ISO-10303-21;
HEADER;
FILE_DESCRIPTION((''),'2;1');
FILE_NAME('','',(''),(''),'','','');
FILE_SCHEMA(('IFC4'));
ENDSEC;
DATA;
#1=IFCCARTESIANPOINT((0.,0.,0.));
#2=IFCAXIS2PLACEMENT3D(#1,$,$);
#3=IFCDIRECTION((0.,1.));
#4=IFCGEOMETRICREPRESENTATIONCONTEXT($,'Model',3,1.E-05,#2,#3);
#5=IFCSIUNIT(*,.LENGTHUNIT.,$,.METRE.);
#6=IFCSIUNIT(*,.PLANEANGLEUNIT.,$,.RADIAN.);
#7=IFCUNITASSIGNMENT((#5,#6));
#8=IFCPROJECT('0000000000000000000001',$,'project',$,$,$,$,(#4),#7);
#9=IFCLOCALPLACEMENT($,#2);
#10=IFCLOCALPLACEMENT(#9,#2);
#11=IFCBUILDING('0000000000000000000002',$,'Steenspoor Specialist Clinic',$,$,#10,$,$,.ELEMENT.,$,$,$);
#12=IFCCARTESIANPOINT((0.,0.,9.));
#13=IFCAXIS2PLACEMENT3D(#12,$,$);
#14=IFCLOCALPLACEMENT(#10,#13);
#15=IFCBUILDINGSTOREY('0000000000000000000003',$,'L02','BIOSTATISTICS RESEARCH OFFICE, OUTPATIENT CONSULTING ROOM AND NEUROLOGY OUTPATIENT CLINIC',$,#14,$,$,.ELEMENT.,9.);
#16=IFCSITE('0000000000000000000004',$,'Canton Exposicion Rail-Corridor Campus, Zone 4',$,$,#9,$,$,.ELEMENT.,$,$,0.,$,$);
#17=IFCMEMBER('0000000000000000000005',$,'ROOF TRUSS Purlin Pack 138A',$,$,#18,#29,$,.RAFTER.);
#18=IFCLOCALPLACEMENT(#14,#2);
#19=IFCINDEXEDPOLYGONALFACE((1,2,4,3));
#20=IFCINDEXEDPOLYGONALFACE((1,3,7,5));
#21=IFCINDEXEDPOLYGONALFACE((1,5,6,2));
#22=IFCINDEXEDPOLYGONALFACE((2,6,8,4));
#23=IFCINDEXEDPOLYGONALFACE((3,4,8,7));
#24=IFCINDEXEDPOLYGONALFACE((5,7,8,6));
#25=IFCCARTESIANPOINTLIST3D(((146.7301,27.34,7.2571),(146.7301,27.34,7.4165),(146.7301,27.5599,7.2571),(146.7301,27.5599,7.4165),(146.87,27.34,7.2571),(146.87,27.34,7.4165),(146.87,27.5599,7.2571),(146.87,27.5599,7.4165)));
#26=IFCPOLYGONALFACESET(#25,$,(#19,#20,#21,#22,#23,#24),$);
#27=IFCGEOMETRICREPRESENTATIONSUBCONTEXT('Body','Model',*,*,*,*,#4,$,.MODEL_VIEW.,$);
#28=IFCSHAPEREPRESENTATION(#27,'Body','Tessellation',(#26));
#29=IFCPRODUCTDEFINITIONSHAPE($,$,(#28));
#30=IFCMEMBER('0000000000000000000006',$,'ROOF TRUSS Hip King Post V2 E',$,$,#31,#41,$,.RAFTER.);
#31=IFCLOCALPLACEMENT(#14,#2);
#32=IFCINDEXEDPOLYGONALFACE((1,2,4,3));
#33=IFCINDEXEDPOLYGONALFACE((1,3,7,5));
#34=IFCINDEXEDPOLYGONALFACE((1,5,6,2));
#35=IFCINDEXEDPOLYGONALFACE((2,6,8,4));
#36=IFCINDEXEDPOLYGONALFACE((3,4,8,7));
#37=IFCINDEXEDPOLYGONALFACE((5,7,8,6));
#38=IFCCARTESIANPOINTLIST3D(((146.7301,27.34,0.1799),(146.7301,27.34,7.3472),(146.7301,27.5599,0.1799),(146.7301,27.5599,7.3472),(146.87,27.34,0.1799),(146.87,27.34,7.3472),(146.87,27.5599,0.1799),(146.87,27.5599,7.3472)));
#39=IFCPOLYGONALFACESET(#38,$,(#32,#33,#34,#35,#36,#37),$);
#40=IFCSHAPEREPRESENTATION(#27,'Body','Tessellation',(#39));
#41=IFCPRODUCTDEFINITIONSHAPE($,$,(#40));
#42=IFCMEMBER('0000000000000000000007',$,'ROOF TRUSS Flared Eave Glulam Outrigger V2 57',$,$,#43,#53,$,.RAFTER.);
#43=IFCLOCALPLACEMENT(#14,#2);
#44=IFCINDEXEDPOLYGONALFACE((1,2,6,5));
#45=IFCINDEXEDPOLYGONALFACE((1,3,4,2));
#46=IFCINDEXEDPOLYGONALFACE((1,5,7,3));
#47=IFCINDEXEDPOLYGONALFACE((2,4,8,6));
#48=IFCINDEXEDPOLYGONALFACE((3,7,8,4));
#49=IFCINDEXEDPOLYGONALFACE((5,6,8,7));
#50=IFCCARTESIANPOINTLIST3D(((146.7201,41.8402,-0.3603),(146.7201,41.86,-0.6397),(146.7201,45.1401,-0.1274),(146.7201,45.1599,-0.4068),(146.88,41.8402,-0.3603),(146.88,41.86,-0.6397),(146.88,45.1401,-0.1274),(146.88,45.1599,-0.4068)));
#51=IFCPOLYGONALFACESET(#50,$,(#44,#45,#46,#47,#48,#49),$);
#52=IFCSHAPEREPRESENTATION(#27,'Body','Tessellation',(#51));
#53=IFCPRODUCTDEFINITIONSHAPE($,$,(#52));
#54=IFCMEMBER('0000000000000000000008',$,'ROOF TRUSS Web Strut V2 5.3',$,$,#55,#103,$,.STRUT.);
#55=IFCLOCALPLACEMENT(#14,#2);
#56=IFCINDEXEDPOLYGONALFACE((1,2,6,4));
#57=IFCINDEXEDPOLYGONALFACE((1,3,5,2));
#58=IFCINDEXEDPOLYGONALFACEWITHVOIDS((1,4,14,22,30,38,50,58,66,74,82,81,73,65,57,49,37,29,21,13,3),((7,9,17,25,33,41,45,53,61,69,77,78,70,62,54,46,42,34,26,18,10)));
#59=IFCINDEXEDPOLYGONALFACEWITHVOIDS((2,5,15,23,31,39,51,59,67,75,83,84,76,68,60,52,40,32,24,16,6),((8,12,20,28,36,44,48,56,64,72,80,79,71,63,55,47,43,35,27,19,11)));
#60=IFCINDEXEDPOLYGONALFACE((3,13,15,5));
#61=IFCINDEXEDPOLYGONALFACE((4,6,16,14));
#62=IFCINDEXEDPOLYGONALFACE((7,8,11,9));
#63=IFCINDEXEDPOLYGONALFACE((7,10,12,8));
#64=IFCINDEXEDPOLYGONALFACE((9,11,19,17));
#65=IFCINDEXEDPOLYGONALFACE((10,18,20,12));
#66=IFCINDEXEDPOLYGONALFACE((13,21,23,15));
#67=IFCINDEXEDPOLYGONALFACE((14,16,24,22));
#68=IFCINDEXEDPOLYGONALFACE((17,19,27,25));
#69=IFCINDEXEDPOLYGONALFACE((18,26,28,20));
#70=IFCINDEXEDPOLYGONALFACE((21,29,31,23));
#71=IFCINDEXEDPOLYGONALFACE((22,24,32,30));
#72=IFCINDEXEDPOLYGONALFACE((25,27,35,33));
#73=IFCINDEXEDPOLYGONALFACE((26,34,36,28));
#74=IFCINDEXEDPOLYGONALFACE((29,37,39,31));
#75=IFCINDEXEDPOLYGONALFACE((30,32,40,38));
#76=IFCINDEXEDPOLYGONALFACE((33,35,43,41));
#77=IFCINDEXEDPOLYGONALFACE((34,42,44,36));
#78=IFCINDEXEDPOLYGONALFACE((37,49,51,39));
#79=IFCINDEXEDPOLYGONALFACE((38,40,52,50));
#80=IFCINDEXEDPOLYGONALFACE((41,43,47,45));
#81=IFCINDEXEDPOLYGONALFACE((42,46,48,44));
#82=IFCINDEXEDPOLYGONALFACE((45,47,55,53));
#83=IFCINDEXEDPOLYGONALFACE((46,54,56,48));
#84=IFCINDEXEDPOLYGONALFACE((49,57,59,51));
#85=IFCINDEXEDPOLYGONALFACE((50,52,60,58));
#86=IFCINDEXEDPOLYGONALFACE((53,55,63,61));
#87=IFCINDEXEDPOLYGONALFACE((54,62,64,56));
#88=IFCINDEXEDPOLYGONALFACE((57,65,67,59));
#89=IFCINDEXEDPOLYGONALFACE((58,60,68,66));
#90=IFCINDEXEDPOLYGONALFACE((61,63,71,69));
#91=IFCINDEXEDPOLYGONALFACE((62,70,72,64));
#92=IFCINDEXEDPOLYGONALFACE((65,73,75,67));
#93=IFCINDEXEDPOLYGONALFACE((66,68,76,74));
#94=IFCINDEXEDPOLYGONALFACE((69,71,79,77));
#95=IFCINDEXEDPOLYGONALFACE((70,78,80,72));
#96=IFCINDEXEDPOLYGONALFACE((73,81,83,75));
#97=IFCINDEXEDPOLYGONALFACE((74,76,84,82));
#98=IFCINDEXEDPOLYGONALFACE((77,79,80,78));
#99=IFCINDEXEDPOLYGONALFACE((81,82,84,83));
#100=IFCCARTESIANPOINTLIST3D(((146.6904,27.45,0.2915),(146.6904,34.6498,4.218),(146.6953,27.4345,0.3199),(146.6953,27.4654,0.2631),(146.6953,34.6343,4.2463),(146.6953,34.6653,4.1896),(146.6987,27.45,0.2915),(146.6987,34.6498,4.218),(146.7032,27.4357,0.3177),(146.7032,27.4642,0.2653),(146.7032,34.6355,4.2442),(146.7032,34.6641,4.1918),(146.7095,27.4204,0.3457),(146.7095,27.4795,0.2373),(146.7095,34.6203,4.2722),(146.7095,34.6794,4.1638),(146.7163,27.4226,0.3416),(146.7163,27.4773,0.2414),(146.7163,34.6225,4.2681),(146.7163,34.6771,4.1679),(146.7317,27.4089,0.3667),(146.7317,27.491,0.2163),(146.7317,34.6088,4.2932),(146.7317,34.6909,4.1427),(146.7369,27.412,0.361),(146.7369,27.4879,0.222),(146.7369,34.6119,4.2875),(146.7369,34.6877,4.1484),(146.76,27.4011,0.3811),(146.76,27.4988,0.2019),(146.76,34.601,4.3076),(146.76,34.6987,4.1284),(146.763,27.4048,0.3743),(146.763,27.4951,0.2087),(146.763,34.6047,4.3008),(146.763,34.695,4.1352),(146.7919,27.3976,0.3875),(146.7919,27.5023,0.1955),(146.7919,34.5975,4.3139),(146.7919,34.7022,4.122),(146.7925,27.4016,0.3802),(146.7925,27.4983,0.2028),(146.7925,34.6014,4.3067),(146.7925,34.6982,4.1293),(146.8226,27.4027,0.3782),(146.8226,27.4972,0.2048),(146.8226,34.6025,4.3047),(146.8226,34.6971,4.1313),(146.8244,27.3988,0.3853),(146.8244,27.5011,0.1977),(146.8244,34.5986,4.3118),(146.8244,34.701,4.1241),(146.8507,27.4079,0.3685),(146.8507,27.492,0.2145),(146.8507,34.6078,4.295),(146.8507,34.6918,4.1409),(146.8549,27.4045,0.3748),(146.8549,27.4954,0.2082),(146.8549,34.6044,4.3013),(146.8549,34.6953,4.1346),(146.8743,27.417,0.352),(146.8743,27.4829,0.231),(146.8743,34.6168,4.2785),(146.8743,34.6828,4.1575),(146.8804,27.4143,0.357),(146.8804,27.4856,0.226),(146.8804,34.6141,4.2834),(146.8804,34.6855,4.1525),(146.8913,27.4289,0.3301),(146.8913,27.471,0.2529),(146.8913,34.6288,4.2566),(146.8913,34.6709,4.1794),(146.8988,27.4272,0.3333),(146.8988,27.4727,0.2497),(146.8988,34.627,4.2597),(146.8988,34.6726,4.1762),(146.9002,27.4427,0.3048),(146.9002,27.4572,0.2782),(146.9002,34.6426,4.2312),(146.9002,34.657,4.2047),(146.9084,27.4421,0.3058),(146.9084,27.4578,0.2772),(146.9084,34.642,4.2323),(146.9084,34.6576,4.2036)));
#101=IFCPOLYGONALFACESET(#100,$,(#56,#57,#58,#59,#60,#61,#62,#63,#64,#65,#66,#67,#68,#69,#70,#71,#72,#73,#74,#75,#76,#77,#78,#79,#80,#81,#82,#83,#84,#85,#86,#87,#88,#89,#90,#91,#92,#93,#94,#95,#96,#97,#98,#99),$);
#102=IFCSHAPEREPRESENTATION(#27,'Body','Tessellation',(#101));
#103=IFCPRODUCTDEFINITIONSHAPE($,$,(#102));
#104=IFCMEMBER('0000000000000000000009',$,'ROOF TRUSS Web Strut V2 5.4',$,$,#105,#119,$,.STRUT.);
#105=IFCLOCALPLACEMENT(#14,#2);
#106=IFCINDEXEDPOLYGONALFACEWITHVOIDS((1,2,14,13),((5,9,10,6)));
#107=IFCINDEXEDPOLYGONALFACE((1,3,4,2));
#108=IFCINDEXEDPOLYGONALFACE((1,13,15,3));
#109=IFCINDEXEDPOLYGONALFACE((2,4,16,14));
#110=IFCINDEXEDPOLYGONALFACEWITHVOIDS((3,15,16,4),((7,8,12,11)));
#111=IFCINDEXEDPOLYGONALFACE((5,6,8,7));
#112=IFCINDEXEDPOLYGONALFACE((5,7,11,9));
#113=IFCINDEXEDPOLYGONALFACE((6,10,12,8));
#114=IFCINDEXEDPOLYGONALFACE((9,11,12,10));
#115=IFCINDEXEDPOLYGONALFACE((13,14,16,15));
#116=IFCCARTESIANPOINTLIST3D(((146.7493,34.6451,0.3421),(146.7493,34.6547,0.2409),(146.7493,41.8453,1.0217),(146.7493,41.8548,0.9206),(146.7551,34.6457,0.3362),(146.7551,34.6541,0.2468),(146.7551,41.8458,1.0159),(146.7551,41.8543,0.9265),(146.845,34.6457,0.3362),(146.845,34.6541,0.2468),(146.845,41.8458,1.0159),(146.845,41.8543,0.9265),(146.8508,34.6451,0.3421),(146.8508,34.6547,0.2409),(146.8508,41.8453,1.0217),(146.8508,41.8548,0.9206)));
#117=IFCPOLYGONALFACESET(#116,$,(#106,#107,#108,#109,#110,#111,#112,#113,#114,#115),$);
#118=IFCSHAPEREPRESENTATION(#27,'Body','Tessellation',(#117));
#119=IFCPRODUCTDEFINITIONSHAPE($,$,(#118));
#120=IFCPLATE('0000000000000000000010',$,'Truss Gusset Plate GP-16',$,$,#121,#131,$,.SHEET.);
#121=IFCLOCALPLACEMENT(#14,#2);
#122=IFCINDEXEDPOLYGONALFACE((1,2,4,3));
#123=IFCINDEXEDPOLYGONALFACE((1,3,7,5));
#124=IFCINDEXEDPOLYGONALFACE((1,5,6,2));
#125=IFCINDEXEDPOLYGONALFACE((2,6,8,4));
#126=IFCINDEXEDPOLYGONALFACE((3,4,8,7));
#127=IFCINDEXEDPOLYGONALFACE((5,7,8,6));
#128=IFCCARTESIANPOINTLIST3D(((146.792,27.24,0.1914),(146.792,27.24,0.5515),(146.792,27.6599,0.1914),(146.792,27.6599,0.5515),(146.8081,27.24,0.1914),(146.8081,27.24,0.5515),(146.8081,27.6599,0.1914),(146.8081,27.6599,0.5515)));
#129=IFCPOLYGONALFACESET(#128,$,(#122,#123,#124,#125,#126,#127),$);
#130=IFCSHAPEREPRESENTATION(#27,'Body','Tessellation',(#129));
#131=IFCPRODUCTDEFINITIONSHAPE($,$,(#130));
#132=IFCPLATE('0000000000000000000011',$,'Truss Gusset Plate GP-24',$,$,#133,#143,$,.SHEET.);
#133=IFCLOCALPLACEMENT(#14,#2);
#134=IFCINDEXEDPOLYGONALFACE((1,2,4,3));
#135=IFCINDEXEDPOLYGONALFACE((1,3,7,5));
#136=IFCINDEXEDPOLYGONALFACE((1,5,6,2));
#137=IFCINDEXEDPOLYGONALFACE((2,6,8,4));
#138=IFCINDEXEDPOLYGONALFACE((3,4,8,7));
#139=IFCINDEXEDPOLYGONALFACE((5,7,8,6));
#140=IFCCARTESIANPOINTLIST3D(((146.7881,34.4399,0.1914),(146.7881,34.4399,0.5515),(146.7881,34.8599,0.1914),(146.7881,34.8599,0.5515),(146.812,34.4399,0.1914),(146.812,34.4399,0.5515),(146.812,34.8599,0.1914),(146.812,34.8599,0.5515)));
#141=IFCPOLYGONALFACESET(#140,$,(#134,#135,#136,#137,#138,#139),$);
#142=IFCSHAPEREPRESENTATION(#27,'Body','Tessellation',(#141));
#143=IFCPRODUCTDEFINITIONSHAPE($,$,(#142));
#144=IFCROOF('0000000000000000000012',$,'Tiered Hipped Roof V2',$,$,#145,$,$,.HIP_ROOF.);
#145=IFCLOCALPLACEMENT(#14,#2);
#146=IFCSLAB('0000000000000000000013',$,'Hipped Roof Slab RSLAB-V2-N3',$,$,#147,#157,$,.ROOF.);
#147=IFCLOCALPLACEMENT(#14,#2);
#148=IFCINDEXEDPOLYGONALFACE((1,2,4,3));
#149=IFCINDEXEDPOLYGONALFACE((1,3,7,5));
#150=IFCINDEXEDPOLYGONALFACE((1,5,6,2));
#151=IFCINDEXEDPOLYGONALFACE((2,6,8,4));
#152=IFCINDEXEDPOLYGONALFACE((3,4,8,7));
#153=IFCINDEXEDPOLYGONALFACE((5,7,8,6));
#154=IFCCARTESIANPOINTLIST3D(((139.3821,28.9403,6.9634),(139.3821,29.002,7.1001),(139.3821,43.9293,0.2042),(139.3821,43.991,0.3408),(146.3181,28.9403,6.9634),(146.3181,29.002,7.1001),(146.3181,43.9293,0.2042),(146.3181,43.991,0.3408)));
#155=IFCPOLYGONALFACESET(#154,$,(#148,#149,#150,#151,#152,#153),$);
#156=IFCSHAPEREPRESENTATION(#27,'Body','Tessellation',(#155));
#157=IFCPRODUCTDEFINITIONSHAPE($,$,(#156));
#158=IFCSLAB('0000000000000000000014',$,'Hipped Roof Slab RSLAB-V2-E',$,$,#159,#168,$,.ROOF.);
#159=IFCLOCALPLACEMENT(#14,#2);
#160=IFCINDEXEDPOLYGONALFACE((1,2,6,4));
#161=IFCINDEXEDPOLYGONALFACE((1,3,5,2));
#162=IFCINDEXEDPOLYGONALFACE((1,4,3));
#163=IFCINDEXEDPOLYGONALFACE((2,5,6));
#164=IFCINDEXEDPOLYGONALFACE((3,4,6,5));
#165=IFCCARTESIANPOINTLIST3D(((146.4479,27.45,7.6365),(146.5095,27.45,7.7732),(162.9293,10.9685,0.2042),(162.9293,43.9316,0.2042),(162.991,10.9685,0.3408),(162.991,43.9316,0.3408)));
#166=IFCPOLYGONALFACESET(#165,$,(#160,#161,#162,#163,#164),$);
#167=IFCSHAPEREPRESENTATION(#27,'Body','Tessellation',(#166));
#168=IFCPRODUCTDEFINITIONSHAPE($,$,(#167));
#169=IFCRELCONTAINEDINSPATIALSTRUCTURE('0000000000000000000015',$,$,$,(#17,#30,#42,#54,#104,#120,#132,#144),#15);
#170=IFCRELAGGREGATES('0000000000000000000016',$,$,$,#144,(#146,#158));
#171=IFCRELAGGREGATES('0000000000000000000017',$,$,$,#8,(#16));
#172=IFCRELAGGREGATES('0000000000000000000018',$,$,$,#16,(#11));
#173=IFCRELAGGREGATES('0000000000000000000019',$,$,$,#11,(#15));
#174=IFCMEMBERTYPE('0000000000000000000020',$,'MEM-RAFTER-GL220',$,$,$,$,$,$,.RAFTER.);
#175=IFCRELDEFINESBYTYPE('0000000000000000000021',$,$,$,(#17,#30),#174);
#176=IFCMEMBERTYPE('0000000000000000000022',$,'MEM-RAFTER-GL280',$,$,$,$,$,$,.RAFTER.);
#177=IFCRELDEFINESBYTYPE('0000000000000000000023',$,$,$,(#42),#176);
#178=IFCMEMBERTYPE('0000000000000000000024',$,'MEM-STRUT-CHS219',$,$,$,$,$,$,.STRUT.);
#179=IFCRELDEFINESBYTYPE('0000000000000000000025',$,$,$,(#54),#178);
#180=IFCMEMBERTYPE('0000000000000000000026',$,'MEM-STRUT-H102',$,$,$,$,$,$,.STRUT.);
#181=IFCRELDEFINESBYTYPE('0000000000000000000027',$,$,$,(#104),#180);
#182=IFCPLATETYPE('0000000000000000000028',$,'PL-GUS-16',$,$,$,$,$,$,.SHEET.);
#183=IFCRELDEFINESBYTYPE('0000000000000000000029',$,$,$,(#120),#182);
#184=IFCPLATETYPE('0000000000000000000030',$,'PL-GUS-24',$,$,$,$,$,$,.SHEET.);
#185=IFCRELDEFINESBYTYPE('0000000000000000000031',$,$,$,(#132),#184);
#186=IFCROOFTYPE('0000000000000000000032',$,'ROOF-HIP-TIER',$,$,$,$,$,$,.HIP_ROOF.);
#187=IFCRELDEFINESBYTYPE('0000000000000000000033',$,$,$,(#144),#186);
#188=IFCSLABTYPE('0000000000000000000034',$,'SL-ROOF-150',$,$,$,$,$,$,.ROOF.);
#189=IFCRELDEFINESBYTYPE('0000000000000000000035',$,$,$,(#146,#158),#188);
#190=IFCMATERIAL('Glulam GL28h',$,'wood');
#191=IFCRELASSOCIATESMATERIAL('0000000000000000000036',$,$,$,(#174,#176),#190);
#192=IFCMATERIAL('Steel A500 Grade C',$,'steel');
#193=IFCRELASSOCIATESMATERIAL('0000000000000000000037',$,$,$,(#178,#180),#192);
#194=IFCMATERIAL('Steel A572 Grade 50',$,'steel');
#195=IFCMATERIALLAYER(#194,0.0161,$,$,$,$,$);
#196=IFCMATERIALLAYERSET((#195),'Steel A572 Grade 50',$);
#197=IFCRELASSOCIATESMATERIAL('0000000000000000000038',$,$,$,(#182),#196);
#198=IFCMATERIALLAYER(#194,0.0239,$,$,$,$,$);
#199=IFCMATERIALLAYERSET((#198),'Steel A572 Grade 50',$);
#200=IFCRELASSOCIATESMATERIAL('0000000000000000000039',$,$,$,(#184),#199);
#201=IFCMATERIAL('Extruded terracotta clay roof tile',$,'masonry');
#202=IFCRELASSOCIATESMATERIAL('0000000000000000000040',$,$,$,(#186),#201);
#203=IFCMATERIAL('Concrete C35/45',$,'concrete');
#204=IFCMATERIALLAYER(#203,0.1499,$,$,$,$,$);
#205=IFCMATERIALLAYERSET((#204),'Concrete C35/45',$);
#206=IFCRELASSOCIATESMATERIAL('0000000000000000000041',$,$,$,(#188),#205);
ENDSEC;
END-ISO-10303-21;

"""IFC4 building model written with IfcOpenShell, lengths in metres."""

from ifc_helpers import new_model, si_unit, direction, frame, origin, origin_2d, place, context, subcontext, project, spatial, polyline, rectangle, hollow_rectangle, hollow_circle, outline, extrude, material, layer, layer_set, material_profile, profile_set, type_object, element, aggregate, save


model = new_model("IFC4")

# Units and contexts
model_context = context("Model", 3, precision=1e-05, world=origin(), true_north=direction((0.0, 1.0)))
body_context = subcontext(model_context, "Body", "Model", "MODEL_VIEW")
ifc_project = project(units=[si_unit("LENGTHUNIT", "METRE"), si_unit("PLANEANGLEUNIT", "RADIAN")], contexts=[model_context])

# Site, building, storey
site_placement = place(None, origin())
site = spatial("IfcSite", under=ifc_project, at=site_placement, Name="Canton Exposicion Rail-Corridor Campus, Zone 4", CompositionType="ELEMENT", RefElevation=0.0)
building_placement = place(site_placement, origin())
building = spatial("IfcBuilding", under=site, at=building_placement, Name="Steenspoor Specialist Clinic", CompositionType="ELEMENT")
storey_placement = place(building_placement, frame((0.0, 0.0, 9.0)))
storey = spatial("IfcBuildingStorey", under=building, at=storey_placement, Name="L02", Description="BIOSTATISTICS RESEARCH OFFICE, OUTPATIENT CONSULTING ROOM AND NEUROLOGY OUTPATIENT CLINIC", CompositionType="ELEMENT", Elevation=9.0)

# Members
ifc_material_1 = material(Name="Steel A500 Grade C", Category="steel")
ifc_material_2 = material(Name="Glulam GL28h", Category="wood")
ifc_material_profile_1 = material_profile(ifc_material_2, rectangle(XDim=0.1399, YDim=0.22, at=origin_2d()), Name="GL28H-140X220")
ifc_profile_set_1 = profile_set([ifc_material_profile_1], Name="Glulam GL28h")
member_type_1 = type_object("IfcMemberType", Name="MEM-RAFTER-GL220", PredefinedType="RAFTER", material=ifc_profile_set_1)
member_1_placement = place(storey_placement, frame((146.8, 27.45, 7.2571), z_axis=(0.0, 0.0, 1.0), x_axis=(1.0, 0.0, 0.0)))
element("IfcMember", 1, at=member_1_placement, inside=storey, type_object=member_type_1, Name="ROOF TRUSS Purlin Pack 138A", PredefinedType="RAFTER", context=body_context, shape_type="SweptSolid", body=[
    extrude(rectangle(XDim=0.1399, YDim=0.22, at=origin_2d()), origin(), (0.0, 0.0, 1.0), 0.1594),
])
member_2_placement = place(storey_placement, frame((146.8, 27.45, 0.1799), z_axis=(0.0, 0.0, 1.0), x_axis=(1.0, 0.0, 0.0)))
element("IfcMember", 2, at=member_2_placement, inside=storey, type_object=member_type_1, Name="ROOF TRUSS Hip King Post V2 E", PredefinedType="RAFTER", context=body_context, shape_type="SweptSolid", body=[
    extrude(rectangle(XDim=0.1399, YDim=0.22, at=origin_2d()), origin(), (0.0, 0.0, 1.0), 7.1672),
])
ifc_material_profile_2 = material_profile(ifc_material_2, rectangle(XDim=0.1599, YDim=0.28, at=origin_2d()), Name="GL28H-160X280")
ifc_profile_set_2 = profile_set([ifc_material_profile_2], Name="Glulam GL28h")
member_type_2 = type_object("IfcMemberType", Name="MEM-RAFTER-GL280", PredefinedType="RAFTER", material=ifc_profile_set_2)
member_3_placement = place(storey_placement, frame((146.8, 41.8501, -0.5), z_axis=(0.0, 0.997518, 0.070408), x_axis=(-1.0, 0.0, 0.0)))
element("IfcMember", 3, at=member_3_placement, inside=storey, type_object=member_type_2, Name="ROOF TRUSS Flared Eave Glulam Outrigger V2 57", PredefinedType="RAFTER", context=body_context, shape_type="SweptSolid", body=[
    extrude(rectangle(XDim=0.1599, YDim=0.28, at=origin_2d()), origin(), (0.0, 0.0, 1.0), 3.3081),
])
ifc_material_profile_3 = material_profile(ifc_material_1, hollow_circle(Radius=0.1096, WallThickness=0.0083, at=origin_2d()), Name="CHS219X8.2")
ifc_profile_set_3 = profile_set([ifc_material_profile_3], Name="Steel A500 Grade C")
member_type_3 = type_object("IfcMemberType", Name="MEM-STRUT-CHS219", PredefinedType="STRUT", material=ifc_profile_set_3)
member_4_placement = place(storey_placement, frame((146.8, 27.45, 0.2915), z_axis=(0.0, 0.877933, 0.478783), x_axis=(-1.0, 0.0, 0.0)))
element("IfcMember", 4, at=member_4_placement, inside=storey, type_object=member_type_3, Name="ROOF TRUSS Web Strut V2 5.3", PredefinedType="STRUT", context=body_context, shape_type="SweptSolid", body=[
    extrude(hollow_circle(Radius=0.1096, WallThickness=0.0083, at=origin_2d()), origin(), (0.0, 0.0, 1.0), 8.2009),
])
ifc_material_profile_4 = material_profile(ifc_material_1, hollow_rectangle(XDim=0.1016, YDim=0.1016, WallThickness=0.0059, at=origin_2d()), Name="HSS102X102X6.4")
ifc_profile_set_4 = profile_set([ifc_material_profile_4], Name="Steel A500 Grade C")
member_type_4 = type_object("IfcMemberType", Name="MEM-STRUT-H102", PredefinedType="STRUT", material=ifc_profile_set_4)
member_5_placement = place(storey_placement, frame((146.8, 34.6499, 0.2915), z_axis=(0.0, 0.995574, 0.093981), x_axis=(-1.0, 0.0, 0.0)))
element("IfcMember", 5, at=member_5_placement, inside=storey, type_object=member_type_4, Name="ROOF TRUSS Web Strut V2 5.4", PredefinedType="STRUT", context=body_context, shape_type="SweptSolid", body=[
    extrude(hollow_rectangle(XDim=0.1016, YDim=0.1016, WallThickness=0.0059, at=origin_2d()), origin(), (0.0, 0.0, 1.0), 7.2322),
])

# Plates
ifc_material_3 = material(Name="Steel A572 Grade 50", Category="steel")
ifc_layer_1 = layer(ifc_material_3, 0.0161)
ifc_layer_set_1 = layer_set([ifc_layer_1], Name="Steel A572 Grade 50")
plate_type_1 = type_object("IfcPlateType", Name="PL-GUS-16", PredefinedType="SHEET", material=ifc_layer_set_1)
plate_1_placement = place(storey_placement, frame((146.8, 27.45, 0.1914), z_axis=(0.0, 0.0, 1.0), x_axis=(1.0, 0.0, 0.0)))
element("IfcPlate", 6, at=plate_1_placement, inside=storey, type_object=plate_type_1, Name="Truss Gusset Plate GP-16", PredefinedType="SHEET", context=body_context, shape_type="SweptSolid", body=[
    extrude(rectangle(XDim=0.0161, YDim=0.4199, at=origin_2d()), origin(), (0.0, 0.0, 1.0), 0.3601),
])
ifc_layer_2 = layer(ifc_material_3, 0.0239)
ifc_layer_set_2 = layer_set([ifc_layer_2], Name="Steel A572 Grade 50")
plate_type_2 = type_object("IfcPlateType", Name="PL-GUS-24", PredefinedType="SHEET", material=ifc_layer_set_2)
plate_2_placement = place(storey_placement, frame((146.8, 34.6499, 0.1914), z_axis=(0.0, 0.0, 1.0), x_axis=(1.0, 0.0, 0.0)))
element("IfcPlate", 7, at=plate_2_placement, inside=storey, type_object=plate_type_2, Name="Truss Gusset Plate GP-24", PredefinedType="SHEET", context=body_context, shape_type="SweptSolid", body=[
    extrude(rectangle(XDim=0.0239, YDim=0.4199, at=origin_2d()), origin(), (0.0, 0.0, 1.0), 0.3601),
])

# Roof, slabs
ifc_material_4 = material(Name="Extruded terracotta clay roof tile", Category="masonry")
roof_type = type_object("IfcRoofType", Name="ROOF-HIP-TIER", PredefinedType="HIP_ROOF", material=ifc_material_4)
roof_placement = place(storey_placement, origin())
roof = element("IfcRoof", 8, at=roof_placement, inside=storey, type_object=roof_type, Name="Tiered Hipped Roof V2", PredefinedType="HIP_ROOF")
ifc_material_5 = material(Name="Concrete C35/45", Category="concrete")
ifc_layer_3 = layer(ifc_material_5, 0.1499)
ifc_layer_set_3 = layer_set([ifc_layer_3], Name="Concrete C35/45")
slab_type = type_object("IfcSlabType", Name="SL-ROOF-150", PredefinedType="ROOF", material=ifc_layer_set_3)
slab_1_placement = place(storey_placement, frame((146.3181, 43.991, 0.3408), z_axis=(0.0, 0.411084, 0.911598), x_axis=(-1.0, 0.0, 0.0)))
slab_1 = element("IfcSlab", 9, at=slab_1_placement, type_object=slab_type, Name="Hipped Roof Slab RSLAB-V2-N3", PredefinedType="ROOF", context=body_context, shape_type="SweptSolid", body=[
    extrude(outline(polyline([(0.0, 0.0), (6.936, 0.0), (6.936, 16.4426), (0.0, 16.4426), (0.0, 0.0)])), origin(), (0.0, 0.0, -1.0), 0.1499),
])
slab_2_placement = place(storey_placement, frame((146.5095, 27.45, 7.7732), z_axis=(0.411088, 0.0, 0.911596), x_axis=(0.673686, -0.673686, -0.303801)))
slab_2 = element("IfcSlab", 10, at=slab_2_placement, type_object=slab_type, Name="Hipped Roof Slab RSLAB-V2-E", PredefinedType="ROOF", context=body_context, shape_type="SweptSolid", body=[
    extrude(outline(polyline([(0.0, 0.0), (24.4646, 0.0), (2.2578, 24.3603), (0.0, 0.0)])), origin(), (0.0, 0.0, -1.0), 0.1499),
])
aggregate(roof, [slab_1, slab_2])

save(model, "model.ifc")
